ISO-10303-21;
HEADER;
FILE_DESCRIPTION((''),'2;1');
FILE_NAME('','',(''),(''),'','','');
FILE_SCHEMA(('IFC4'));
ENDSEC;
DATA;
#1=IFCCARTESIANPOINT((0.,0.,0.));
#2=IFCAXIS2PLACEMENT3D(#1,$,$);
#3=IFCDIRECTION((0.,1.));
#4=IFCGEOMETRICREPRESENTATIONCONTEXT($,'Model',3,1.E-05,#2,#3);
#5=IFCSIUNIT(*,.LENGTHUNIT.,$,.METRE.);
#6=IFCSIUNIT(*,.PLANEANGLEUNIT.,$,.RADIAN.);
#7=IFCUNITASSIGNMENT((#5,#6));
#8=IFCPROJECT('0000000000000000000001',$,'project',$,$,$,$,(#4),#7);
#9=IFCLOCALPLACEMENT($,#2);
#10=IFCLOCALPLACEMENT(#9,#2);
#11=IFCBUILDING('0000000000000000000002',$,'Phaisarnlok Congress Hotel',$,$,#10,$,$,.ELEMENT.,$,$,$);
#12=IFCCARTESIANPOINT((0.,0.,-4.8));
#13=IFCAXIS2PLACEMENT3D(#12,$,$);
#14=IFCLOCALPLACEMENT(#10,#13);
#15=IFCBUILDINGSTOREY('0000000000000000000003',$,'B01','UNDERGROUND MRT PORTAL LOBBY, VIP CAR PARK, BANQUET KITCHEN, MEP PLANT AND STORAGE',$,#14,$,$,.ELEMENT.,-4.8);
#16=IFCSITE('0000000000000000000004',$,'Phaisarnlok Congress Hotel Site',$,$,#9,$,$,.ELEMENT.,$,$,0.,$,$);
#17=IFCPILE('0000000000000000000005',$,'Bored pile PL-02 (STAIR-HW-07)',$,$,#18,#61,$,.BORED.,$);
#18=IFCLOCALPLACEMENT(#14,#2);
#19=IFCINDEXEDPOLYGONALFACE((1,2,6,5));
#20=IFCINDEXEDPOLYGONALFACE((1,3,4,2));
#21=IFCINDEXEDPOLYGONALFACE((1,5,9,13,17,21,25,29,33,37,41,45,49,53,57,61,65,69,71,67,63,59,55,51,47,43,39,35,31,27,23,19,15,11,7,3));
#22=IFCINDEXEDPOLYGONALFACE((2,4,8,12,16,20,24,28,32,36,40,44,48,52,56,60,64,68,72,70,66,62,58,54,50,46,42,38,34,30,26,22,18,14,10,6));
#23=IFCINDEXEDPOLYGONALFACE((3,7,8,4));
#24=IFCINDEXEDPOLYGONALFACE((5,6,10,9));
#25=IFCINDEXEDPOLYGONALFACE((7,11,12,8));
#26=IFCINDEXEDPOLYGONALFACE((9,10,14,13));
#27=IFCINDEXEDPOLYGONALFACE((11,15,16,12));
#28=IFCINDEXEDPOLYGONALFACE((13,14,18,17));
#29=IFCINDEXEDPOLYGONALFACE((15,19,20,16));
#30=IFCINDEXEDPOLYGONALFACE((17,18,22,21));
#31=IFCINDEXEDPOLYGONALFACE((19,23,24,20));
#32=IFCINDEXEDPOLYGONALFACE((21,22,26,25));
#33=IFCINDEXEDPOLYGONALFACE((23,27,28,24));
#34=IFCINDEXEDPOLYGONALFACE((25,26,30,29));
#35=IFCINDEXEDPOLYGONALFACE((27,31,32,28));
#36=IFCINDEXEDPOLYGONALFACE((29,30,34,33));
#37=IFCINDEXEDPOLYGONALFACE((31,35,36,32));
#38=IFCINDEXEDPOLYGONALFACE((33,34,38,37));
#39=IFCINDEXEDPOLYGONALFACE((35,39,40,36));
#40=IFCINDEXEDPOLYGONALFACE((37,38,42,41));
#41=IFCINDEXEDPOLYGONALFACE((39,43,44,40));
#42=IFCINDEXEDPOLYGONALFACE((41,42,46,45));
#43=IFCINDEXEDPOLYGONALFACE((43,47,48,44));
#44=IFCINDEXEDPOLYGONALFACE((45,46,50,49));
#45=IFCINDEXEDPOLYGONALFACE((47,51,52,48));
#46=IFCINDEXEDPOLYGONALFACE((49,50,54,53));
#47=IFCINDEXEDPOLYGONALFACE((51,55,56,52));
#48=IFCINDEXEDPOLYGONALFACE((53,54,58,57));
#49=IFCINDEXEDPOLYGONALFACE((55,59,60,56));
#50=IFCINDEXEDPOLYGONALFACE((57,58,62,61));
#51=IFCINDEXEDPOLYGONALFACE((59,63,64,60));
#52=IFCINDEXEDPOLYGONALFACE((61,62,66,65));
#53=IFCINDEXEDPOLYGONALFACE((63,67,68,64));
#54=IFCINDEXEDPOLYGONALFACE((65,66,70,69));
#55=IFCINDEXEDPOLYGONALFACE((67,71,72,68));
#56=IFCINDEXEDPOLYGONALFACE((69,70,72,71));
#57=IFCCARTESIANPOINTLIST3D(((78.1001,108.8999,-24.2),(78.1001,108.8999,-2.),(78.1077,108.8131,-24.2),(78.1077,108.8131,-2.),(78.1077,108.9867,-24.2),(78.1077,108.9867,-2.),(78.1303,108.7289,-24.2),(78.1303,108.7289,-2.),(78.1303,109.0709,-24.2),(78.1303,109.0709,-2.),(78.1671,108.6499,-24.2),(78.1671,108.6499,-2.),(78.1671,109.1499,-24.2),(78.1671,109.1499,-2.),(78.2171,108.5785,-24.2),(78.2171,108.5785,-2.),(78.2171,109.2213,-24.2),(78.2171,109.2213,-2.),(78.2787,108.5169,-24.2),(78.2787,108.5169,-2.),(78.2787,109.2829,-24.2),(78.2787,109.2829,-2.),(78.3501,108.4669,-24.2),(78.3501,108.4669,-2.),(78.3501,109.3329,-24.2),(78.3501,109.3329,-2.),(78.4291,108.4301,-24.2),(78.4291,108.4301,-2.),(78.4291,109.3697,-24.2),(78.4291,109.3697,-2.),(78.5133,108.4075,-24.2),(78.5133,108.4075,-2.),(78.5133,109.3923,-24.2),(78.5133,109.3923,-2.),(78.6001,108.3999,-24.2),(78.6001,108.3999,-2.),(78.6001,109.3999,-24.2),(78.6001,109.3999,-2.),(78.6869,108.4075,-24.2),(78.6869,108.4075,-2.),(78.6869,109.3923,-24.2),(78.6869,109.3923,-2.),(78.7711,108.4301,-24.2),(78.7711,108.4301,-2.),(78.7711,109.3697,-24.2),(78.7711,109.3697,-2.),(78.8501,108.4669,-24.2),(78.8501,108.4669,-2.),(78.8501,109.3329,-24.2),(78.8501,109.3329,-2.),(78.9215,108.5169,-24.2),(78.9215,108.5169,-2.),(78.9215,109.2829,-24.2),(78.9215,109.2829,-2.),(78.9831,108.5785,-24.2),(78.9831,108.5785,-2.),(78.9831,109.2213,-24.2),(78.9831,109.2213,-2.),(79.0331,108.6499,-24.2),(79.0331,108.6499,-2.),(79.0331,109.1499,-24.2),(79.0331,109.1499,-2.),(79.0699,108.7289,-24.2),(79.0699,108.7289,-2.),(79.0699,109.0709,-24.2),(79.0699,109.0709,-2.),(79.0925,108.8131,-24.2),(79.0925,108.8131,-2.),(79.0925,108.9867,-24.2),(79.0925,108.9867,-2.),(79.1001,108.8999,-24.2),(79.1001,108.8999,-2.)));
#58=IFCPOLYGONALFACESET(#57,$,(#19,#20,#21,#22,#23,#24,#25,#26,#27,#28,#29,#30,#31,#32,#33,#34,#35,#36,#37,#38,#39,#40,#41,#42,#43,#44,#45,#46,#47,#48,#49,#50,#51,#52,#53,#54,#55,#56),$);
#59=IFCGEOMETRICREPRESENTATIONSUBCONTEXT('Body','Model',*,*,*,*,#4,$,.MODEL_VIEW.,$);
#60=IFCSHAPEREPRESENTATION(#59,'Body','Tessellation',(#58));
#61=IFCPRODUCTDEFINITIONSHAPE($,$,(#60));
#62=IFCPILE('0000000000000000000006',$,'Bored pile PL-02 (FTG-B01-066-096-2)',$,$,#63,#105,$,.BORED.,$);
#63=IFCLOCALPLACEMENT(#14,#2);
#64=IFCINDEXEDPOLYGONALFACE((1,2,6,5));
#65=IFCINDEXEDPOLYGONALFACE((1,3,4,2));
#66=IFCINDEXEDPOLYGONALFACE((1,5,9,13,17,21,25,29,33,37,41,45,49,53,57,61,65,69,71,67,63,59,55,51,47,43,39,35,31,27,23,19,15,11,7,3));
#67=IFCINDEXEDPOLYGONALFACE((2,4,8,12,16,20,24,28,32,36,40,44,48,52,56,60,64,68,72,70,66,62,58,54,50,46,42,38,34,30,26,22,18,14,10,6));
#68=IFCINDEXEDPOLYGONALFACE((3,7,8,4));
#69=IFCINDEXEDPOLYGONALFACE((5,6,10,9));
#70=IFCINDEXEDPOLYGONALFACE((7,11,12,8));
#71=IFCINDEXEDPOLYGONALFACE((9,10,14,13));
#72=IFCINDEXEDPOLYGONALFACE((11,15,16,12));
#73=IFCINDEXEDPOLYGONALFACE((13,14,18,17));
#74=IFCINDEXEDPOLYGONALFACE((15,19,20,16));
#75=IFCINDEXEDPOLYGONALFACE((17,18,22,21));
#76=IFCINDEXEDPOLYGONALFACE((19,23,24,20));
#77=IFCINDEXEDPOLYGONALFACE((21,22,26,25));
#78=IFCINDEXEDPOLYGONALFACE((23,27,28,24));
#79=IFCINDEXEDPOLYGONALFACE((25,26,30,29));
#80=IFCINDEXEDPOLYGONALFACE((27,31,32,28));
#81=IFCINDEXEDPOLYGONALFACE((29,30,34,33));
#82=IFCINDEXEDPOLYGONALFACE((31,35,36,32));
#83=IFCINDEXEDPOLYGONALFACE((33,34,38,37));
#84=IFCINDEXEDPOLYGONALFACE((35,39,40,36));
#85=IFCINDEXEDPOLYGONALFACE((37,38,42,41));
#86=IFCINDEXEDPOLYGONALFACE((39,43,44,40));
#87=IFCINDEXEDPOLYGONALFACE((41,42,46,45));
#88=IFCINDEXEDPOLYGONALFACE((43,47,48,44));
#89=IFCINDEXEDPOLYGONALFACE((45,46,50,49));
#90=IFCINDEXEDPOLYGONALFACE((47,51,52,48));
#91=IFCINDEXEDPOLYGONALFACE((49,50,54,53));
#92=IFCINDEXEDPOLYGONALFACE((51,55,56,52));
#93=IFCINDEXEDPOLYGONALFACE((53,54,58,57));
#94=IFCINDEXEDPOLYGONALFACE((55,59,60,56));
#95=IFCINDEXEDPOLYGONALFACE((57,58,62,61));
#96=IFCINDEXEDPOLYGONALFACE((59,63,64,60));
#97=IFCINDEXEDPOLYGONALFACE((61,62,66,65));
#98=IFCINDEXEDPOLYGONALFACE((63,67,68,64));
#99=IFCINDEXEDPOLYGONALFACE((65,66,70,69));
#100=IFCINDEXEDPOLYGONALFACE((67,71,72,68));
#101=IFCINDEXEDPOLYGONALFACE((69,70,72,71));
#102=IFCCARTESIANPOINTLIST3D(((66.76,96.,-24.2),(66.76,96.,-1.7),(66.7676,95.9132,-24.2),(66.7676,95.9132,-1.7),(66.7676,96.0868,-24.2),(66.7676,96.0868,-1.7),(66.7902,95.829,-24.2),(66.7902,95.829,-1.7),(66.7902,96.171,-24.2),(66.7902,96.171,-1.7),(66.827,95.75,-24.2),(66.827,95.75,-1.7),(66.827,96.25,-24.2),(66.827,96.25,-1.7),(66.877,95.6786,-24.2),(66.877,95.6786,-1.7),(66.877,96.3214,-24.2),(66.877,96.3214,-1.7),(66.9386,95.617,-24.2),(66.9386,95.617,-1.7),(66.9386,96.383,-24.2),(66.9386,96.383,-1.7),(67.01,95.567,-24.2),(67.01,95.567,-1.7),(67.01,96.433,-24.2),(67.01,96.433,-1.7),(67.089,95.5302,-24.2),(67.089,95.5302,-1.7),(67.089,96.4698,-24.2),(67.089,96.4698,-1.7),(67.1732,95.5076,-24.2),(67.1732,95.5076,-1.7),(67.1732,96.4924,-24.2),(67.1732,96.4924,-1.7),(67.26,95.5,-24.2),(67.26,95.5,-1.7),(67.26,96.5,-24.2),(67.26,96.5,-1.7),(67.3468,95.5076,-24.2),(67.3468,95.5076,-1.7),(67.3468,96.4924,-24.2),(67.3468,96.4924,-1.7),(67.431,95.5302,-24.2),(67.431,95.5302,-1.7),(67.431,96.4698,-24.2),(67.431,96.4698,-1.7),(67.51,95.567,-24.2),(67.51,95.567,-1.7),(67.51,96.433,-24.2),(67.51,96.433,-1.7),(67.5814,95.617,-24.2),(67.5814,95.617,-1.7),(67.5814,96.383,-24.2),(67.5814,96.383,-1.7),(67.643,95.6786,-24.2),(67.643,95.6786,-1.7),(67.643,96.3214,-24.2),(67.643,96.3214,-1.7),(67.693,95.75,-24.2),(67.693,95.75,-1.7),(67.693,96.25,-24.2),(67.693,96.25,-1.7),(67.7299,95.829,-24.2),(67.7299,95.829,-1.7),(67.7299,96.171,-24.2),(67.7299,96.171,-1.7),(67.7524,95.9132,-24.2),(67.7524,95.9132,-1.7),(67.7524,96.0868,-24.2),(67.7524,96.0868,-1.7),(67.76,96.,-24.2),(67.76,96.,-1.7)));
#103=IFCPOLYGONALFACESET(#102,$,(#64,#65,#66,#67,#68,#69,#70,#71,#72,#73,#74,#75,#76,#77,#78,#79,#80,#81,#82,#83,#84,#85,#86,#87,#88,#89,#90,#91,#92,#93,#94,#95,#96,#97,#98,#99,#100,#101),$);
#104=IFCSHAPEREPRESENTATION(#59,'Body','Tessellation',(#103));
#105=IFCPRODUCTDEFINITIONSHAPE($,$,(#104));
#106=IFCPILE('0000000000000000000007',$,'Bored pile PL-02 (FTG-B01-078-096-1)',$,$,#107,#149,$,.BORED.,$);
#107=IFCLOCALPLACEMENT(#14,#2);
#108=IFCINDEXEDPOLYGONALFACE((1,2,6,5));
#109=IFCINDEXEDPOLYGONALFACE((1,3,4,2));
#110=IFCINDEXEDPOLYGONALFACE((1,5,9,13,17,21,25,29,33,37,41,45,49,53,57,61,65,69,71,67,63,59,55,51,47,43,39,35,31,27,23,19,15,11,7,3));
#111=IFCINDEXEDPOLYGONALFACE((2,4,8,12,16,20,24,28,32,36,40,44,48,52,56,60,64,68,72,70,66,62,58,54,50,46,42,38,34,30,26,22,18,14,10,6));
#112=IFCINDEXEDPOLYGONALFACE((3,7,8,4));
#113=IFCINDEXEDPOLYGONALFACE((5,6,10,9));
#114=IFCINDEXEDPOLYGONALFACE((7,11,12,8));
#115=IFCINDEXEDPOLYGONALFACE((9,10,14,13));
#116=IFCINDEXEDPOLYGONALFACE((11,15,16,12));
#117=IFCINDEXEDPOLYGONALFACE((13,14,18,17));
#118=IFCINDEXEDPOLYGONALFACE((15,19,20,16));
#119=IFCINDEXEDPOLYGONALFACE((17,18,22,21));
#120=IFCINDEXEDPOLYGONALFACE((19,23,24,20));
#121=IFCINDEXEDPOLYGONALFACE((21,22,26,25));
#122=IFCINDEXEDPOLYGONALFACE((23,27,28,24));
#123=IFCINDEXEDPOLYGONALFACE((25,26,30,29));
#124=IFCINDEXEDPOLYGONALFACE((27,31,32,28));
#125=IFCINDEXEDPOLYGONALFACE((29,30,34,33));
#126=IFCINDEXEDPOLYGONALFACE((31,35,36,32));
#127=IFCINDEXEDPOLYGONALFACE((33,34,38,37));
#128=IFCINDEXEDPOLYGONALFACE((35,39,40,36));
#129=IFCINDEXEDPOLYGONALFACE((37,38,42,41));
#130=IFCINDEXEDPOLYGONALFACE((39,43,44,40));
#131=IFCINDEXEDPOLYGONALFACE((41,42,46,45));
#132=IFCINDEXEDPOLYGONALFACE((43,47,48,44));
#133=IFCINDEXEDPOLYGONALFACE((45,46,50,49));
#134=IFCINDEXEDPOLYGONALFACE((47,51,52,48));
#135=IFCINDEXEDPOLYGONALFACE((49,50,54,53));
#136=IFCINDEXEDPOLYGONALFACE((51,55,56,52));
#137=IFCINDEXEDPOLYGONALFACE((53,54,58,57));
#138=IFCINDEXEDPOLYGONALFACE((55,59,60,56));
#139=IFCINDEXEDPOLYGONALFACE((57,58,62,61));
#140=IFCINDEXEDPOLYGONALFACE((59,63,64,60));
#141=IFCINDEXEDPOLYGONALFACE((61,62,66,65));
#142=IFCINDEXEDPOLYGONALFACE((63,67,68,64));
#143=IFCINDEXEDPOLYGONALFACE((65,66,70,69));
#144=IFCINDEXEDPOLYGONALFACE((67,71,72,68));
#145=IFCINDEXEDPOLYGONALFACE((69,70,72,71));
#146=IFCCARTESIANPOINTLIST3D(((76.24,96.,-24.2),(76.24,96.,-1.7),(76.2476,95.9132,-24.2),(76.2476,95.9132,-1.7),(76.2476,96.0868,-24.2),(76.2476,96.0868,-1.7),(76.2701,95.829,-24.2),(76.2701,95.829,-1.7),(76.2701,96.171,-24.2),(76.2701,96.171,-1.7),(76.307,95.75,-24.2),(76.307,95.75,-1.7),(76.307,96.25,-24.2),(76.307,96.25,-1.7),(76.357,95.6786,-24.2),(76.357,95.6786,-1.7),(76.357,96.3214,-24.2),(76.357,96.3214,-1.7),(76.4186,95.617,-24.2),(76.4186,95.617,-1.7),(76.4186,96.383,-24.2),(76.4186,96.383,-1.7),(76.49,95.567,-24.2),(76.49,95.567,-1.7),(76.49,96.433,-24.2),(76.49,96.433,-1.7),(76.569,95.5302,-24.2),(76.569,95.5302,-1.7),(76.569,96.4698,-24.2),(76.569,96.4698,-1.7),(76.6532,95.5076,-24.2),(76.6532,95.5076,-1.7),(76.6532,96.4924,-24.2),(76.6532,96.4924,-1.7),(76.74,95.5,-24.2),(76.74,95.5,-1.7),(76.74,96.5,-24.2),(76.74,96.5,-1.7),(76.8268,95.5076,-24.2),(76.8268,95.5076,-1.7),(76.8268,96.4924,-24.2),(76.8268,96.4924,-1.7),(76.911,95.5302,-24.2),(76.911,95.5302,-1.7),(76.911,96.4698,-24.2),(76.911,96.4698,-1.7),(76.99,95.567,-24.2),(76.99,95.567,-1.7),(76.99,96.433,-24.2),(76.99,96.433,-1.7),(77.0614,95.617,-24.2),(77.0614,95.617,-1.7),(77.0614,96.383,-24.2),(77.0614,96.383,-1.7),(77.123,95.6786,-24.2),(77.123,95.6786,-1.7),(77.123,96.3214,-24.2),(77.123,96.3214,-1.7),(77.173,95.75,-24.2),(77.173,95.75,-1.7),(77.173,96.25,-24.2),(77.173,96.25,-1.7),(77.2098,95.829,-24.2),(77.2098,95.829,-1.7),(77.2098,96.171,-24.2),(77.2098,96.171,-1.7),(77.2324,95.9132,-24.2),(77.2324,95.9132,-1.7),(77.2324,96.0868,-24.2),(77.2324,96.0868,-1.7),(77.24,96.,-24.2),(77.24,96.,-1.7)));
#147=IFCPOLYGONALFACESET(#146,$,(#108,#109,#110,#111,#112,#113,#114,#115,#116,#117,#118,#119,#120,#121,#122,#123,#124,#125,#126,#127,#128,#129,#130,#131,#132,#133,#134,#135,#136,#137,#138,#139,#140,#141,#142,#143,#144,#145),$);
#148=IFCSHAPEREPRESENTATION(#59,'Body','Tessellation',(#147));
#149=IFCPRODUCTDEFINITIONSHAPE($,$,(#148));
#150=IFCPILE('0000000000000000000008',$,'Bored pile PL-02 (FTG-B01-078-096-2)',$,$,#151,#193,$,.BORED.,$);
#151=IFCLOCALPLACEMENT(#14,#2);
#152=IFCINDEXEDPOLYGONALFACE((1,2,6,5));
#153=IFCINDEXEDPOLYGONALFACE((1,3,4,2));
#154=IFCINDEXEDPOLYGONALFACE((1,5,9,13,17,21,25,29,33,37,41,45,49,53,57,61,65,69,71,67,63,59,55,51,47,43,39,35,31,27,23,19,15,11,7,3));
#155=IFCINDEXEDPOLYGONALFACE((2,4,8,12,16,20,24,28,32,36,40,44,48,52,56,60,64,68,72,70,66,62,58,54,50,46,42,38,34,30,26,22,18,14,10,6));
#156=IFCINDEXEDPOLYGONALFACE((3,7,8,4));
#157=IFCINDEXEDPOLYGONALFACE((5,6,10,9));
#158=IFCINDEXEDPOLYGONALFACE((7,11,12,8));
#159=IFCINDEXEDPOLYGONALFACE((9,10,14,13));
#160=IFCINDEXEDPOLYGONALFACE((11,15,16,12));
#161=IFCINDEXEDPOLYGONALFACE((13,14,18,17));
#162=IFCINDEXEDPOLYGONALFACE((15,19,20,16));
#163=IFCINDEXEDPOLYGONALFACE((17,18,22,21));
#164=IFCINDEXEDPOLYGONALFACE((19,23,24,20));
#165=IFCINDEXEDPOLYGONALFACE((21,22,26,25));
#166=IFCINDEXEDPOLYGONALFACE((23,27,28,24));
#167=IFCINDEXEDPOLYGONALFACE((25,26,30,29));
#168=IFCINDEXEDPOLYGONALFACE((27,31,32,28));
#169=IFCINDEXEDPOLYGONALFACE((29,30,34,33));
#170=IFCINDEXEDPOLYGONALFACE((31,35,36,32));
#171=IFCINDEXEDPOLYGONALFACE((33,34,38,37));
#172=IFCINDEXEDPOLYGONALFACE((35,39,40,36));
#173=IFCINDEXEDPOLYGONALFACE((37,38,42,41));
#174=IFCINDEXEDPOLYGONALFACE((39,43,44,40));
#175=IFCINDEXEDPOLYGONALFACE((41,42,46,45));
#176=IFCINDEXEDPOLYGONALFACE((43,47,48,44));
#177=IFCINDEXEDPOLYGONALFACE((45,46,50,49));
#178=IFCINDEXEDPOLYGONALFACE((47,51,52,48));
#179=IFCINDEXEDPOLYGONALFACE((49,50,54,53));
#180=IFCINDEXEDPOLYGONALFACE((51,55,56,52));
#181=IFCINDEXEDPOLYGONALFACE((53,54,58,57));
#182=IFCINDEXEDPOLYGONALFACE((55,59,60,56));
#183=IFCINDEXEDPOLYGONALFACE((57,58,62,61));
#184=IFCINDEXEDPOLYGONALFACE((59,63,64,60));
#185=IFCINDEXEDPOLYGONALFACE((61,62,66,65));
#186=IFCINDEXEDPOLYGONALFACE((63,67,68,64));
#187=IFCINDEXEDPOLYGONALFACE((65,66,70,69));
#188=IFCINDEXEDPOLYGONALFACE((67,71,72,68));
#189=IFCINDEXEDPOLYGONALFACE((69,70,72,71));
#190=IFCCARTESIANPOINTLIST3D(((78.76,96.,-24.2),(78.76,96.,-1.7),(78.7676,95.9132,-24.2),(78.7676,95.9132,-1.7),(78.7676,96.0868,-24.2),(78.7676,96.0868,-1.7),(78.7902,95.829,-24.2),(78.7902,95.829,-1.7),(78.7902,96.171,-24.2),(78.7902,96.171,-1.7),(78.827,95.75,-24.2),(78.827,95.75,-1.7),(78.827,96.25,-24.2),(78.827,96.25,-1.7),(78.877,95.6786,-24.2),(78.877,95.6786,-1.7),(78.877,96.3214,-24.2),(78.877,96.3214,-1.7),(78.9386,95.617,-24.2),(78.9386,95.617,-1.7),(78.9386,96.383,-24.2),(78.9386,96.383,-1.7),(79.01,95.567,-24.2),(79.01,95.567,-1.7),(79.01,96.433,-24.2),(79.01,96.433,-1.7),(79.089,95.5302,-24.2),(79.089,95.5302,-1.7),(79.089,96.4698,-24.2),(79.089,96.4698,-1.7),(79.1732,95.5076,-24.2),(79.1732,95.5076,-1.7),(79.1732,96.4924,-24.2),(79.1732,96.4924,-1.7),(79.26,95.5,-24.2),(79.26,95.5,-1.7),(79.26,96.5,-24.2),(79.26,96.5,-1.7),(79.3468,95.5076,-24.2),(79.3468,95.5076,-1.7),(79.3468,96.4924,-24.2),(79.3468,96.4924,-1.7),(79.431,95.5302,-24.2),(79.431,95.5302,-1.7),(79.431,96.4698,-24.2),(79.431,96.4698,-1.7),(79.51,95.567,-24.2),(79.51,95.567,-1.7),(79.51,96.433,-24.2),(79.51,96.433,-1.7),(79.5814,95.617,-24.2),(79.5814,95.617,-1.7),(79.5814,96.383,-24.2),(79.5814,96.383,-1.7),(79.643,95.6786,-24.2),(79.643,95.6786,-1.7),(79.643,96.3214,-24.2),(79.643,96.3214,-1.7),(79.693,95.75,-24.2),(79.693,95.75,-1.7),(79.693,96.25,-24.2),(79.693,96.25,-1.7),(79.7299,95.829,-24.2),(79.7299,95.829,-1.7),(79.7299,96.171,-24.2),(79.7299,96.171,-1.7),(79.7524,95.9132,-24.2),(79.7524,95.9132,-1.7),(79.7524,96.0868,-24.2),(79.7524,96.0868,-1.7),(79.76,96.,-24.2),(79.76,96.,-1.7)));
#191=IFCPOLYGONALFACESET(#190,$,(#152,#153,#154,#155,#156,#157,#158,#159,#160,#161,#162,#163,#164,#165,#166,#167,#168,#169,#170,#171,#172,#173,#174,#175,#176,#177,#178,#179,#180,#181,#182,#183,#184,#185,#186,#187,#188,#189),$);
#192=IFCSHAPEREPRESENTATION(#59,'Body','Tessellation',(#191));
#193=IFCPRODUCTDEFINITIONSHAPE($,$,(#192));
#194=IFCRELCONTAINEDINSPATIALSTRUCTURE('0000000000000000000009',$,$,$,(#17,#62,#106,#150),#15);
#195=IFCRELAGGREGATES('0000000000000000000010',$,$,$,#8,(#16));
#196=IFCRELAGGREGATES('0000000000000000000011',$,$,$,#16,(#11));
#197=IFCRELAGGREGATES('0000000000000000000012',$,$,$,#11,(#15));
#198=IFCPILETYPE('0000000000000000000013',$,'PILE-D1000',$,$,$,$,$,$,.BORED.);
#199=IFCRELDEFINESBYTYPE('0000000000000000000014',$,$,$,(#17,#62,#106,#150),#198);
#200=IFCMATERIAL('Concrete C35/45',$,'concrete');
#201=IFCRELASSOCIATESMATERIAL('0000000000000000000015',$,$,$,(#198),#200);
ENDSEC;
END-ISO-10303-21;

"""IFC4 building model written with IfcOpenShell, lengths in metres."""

from ifc_helpers import new_model, si_unit, direction, frame, origin, origin_2d, place, context, subcontext, project, spatial, circle, extrude, material, material_profile, profile_set, type_object, element, save


model = new_model("IFC4")

# Units and contexts
model_context = context("Model", 3, precision=1e-05, world=origin(), true_north=direction((0.0, 1.0)))
body_context = subcontext(model_context, "Body", "Model", "MODEL_VIEW")
ifc_project = project(units=[si_unit("LENGTHUNIT", "METRE"), si_unit("PLANEANGLEUNIT", "RADIAN")], contexts=[model_context])

# Site, building, storey
site_placement = place(None, origin())
site = spatial("IfcSite", under=ifc_project, at=site_placement, Name="Phaisarnlok Congress Hotel Site", CompositionType="ELEMENT", RefElevation=0.0)
building_placement = place(site_placement, origin())
building = spatial("IfcBuilding", under=site, at=building_placement, Name="Phaisarnlok Congress Hotel", CompositionType="ELEMENT")
storey_placement = place(building_placement, frame((0.0, 0.0, -4.8)))
storey = spatial("IfcBuildingStorey", under=building, at=storey_placement, Name="B01", Description="UNDERGROUND MRT PORTAL LOBBY, VIP CAR PARK, BANQUET KITCHEN, MEP PLANT AND STORAGE", CompositionType="ELEMENT", Elevation=-4.8)

# Piles
ifc_material_1 = material(Name="Concrete C35/45", Category="concrete")
ifc_material_profile_1 = material_profile(ifc_material_1, circle(Radius=0.5, at=origin_2d()), Name="BORED PILE D1000")
ifc_profile_set_1 = profile_set([ifc_material_profile_1], Name="Concrete C35/45")
pile_type_1 = type_object("IfcPileType", Name="PILE-D1000", PredefinedType="BORED", material=ifc_profile_set_1)
for number, where, z_axis, x_axis, name in (
    (1, (78.6001, 108.8999, -2.0), (0.0, 0.0, -1.0), (1.0, 0.0, 0.0), "Bored pile PL-02 (STAIR-HW-07)"),
):
    element("IfcPile", number, at=place(storey_placement, frame(where, z_axis=z_axis, x_axis=x_axis)), inside=storey, type_object=pile_type_1, Name=name, PredefinedType="BORED", context=body_context, shape_type="SweptSolid", body=[
        extrude(circle(Radius=0.5, at=origin_2d()), origin(), (0.0, 0.0, 1.0), 22.2),
    ])
for number, where, z_axis, x_axis, name in (
    (2, (67.26, 96.0, -1.7), (0.0, 0.0, -1.0), (1.0, 0.0, 0.0), "Bored pile PL-02 (FTG-B01-066-096-2)"),
    (3, (76.74, 96.0, -1.7), (0.0, 0.0, -1.0), (1.0, 0.0, 0.0), "Bored pile PL-02 (FTG-B01-078-096-1)"),
    (4, (79.26, 96.0, -1.7), (0.0, 0.0, -1.0), (1.0, 0.0, 0.0), "Bored pile PL-02 (FTG-B01-078-096-2)"),
):
    element("IfcPile", number, at=place(storey_placement, frame(where, z_axis=z_axis, x_axis=x_axis)), inside=storey, type_object=pile_type_1, Name=name, PredefinedType="BORED", context=body_context, shape_type="SweptSolid", body=[
        extrude(circle(Radius=0.5, at=origin_2d()), origin(), (0.0, 0.0, 1.0), 22.5),
    ])

save(model, "model.ifc")
